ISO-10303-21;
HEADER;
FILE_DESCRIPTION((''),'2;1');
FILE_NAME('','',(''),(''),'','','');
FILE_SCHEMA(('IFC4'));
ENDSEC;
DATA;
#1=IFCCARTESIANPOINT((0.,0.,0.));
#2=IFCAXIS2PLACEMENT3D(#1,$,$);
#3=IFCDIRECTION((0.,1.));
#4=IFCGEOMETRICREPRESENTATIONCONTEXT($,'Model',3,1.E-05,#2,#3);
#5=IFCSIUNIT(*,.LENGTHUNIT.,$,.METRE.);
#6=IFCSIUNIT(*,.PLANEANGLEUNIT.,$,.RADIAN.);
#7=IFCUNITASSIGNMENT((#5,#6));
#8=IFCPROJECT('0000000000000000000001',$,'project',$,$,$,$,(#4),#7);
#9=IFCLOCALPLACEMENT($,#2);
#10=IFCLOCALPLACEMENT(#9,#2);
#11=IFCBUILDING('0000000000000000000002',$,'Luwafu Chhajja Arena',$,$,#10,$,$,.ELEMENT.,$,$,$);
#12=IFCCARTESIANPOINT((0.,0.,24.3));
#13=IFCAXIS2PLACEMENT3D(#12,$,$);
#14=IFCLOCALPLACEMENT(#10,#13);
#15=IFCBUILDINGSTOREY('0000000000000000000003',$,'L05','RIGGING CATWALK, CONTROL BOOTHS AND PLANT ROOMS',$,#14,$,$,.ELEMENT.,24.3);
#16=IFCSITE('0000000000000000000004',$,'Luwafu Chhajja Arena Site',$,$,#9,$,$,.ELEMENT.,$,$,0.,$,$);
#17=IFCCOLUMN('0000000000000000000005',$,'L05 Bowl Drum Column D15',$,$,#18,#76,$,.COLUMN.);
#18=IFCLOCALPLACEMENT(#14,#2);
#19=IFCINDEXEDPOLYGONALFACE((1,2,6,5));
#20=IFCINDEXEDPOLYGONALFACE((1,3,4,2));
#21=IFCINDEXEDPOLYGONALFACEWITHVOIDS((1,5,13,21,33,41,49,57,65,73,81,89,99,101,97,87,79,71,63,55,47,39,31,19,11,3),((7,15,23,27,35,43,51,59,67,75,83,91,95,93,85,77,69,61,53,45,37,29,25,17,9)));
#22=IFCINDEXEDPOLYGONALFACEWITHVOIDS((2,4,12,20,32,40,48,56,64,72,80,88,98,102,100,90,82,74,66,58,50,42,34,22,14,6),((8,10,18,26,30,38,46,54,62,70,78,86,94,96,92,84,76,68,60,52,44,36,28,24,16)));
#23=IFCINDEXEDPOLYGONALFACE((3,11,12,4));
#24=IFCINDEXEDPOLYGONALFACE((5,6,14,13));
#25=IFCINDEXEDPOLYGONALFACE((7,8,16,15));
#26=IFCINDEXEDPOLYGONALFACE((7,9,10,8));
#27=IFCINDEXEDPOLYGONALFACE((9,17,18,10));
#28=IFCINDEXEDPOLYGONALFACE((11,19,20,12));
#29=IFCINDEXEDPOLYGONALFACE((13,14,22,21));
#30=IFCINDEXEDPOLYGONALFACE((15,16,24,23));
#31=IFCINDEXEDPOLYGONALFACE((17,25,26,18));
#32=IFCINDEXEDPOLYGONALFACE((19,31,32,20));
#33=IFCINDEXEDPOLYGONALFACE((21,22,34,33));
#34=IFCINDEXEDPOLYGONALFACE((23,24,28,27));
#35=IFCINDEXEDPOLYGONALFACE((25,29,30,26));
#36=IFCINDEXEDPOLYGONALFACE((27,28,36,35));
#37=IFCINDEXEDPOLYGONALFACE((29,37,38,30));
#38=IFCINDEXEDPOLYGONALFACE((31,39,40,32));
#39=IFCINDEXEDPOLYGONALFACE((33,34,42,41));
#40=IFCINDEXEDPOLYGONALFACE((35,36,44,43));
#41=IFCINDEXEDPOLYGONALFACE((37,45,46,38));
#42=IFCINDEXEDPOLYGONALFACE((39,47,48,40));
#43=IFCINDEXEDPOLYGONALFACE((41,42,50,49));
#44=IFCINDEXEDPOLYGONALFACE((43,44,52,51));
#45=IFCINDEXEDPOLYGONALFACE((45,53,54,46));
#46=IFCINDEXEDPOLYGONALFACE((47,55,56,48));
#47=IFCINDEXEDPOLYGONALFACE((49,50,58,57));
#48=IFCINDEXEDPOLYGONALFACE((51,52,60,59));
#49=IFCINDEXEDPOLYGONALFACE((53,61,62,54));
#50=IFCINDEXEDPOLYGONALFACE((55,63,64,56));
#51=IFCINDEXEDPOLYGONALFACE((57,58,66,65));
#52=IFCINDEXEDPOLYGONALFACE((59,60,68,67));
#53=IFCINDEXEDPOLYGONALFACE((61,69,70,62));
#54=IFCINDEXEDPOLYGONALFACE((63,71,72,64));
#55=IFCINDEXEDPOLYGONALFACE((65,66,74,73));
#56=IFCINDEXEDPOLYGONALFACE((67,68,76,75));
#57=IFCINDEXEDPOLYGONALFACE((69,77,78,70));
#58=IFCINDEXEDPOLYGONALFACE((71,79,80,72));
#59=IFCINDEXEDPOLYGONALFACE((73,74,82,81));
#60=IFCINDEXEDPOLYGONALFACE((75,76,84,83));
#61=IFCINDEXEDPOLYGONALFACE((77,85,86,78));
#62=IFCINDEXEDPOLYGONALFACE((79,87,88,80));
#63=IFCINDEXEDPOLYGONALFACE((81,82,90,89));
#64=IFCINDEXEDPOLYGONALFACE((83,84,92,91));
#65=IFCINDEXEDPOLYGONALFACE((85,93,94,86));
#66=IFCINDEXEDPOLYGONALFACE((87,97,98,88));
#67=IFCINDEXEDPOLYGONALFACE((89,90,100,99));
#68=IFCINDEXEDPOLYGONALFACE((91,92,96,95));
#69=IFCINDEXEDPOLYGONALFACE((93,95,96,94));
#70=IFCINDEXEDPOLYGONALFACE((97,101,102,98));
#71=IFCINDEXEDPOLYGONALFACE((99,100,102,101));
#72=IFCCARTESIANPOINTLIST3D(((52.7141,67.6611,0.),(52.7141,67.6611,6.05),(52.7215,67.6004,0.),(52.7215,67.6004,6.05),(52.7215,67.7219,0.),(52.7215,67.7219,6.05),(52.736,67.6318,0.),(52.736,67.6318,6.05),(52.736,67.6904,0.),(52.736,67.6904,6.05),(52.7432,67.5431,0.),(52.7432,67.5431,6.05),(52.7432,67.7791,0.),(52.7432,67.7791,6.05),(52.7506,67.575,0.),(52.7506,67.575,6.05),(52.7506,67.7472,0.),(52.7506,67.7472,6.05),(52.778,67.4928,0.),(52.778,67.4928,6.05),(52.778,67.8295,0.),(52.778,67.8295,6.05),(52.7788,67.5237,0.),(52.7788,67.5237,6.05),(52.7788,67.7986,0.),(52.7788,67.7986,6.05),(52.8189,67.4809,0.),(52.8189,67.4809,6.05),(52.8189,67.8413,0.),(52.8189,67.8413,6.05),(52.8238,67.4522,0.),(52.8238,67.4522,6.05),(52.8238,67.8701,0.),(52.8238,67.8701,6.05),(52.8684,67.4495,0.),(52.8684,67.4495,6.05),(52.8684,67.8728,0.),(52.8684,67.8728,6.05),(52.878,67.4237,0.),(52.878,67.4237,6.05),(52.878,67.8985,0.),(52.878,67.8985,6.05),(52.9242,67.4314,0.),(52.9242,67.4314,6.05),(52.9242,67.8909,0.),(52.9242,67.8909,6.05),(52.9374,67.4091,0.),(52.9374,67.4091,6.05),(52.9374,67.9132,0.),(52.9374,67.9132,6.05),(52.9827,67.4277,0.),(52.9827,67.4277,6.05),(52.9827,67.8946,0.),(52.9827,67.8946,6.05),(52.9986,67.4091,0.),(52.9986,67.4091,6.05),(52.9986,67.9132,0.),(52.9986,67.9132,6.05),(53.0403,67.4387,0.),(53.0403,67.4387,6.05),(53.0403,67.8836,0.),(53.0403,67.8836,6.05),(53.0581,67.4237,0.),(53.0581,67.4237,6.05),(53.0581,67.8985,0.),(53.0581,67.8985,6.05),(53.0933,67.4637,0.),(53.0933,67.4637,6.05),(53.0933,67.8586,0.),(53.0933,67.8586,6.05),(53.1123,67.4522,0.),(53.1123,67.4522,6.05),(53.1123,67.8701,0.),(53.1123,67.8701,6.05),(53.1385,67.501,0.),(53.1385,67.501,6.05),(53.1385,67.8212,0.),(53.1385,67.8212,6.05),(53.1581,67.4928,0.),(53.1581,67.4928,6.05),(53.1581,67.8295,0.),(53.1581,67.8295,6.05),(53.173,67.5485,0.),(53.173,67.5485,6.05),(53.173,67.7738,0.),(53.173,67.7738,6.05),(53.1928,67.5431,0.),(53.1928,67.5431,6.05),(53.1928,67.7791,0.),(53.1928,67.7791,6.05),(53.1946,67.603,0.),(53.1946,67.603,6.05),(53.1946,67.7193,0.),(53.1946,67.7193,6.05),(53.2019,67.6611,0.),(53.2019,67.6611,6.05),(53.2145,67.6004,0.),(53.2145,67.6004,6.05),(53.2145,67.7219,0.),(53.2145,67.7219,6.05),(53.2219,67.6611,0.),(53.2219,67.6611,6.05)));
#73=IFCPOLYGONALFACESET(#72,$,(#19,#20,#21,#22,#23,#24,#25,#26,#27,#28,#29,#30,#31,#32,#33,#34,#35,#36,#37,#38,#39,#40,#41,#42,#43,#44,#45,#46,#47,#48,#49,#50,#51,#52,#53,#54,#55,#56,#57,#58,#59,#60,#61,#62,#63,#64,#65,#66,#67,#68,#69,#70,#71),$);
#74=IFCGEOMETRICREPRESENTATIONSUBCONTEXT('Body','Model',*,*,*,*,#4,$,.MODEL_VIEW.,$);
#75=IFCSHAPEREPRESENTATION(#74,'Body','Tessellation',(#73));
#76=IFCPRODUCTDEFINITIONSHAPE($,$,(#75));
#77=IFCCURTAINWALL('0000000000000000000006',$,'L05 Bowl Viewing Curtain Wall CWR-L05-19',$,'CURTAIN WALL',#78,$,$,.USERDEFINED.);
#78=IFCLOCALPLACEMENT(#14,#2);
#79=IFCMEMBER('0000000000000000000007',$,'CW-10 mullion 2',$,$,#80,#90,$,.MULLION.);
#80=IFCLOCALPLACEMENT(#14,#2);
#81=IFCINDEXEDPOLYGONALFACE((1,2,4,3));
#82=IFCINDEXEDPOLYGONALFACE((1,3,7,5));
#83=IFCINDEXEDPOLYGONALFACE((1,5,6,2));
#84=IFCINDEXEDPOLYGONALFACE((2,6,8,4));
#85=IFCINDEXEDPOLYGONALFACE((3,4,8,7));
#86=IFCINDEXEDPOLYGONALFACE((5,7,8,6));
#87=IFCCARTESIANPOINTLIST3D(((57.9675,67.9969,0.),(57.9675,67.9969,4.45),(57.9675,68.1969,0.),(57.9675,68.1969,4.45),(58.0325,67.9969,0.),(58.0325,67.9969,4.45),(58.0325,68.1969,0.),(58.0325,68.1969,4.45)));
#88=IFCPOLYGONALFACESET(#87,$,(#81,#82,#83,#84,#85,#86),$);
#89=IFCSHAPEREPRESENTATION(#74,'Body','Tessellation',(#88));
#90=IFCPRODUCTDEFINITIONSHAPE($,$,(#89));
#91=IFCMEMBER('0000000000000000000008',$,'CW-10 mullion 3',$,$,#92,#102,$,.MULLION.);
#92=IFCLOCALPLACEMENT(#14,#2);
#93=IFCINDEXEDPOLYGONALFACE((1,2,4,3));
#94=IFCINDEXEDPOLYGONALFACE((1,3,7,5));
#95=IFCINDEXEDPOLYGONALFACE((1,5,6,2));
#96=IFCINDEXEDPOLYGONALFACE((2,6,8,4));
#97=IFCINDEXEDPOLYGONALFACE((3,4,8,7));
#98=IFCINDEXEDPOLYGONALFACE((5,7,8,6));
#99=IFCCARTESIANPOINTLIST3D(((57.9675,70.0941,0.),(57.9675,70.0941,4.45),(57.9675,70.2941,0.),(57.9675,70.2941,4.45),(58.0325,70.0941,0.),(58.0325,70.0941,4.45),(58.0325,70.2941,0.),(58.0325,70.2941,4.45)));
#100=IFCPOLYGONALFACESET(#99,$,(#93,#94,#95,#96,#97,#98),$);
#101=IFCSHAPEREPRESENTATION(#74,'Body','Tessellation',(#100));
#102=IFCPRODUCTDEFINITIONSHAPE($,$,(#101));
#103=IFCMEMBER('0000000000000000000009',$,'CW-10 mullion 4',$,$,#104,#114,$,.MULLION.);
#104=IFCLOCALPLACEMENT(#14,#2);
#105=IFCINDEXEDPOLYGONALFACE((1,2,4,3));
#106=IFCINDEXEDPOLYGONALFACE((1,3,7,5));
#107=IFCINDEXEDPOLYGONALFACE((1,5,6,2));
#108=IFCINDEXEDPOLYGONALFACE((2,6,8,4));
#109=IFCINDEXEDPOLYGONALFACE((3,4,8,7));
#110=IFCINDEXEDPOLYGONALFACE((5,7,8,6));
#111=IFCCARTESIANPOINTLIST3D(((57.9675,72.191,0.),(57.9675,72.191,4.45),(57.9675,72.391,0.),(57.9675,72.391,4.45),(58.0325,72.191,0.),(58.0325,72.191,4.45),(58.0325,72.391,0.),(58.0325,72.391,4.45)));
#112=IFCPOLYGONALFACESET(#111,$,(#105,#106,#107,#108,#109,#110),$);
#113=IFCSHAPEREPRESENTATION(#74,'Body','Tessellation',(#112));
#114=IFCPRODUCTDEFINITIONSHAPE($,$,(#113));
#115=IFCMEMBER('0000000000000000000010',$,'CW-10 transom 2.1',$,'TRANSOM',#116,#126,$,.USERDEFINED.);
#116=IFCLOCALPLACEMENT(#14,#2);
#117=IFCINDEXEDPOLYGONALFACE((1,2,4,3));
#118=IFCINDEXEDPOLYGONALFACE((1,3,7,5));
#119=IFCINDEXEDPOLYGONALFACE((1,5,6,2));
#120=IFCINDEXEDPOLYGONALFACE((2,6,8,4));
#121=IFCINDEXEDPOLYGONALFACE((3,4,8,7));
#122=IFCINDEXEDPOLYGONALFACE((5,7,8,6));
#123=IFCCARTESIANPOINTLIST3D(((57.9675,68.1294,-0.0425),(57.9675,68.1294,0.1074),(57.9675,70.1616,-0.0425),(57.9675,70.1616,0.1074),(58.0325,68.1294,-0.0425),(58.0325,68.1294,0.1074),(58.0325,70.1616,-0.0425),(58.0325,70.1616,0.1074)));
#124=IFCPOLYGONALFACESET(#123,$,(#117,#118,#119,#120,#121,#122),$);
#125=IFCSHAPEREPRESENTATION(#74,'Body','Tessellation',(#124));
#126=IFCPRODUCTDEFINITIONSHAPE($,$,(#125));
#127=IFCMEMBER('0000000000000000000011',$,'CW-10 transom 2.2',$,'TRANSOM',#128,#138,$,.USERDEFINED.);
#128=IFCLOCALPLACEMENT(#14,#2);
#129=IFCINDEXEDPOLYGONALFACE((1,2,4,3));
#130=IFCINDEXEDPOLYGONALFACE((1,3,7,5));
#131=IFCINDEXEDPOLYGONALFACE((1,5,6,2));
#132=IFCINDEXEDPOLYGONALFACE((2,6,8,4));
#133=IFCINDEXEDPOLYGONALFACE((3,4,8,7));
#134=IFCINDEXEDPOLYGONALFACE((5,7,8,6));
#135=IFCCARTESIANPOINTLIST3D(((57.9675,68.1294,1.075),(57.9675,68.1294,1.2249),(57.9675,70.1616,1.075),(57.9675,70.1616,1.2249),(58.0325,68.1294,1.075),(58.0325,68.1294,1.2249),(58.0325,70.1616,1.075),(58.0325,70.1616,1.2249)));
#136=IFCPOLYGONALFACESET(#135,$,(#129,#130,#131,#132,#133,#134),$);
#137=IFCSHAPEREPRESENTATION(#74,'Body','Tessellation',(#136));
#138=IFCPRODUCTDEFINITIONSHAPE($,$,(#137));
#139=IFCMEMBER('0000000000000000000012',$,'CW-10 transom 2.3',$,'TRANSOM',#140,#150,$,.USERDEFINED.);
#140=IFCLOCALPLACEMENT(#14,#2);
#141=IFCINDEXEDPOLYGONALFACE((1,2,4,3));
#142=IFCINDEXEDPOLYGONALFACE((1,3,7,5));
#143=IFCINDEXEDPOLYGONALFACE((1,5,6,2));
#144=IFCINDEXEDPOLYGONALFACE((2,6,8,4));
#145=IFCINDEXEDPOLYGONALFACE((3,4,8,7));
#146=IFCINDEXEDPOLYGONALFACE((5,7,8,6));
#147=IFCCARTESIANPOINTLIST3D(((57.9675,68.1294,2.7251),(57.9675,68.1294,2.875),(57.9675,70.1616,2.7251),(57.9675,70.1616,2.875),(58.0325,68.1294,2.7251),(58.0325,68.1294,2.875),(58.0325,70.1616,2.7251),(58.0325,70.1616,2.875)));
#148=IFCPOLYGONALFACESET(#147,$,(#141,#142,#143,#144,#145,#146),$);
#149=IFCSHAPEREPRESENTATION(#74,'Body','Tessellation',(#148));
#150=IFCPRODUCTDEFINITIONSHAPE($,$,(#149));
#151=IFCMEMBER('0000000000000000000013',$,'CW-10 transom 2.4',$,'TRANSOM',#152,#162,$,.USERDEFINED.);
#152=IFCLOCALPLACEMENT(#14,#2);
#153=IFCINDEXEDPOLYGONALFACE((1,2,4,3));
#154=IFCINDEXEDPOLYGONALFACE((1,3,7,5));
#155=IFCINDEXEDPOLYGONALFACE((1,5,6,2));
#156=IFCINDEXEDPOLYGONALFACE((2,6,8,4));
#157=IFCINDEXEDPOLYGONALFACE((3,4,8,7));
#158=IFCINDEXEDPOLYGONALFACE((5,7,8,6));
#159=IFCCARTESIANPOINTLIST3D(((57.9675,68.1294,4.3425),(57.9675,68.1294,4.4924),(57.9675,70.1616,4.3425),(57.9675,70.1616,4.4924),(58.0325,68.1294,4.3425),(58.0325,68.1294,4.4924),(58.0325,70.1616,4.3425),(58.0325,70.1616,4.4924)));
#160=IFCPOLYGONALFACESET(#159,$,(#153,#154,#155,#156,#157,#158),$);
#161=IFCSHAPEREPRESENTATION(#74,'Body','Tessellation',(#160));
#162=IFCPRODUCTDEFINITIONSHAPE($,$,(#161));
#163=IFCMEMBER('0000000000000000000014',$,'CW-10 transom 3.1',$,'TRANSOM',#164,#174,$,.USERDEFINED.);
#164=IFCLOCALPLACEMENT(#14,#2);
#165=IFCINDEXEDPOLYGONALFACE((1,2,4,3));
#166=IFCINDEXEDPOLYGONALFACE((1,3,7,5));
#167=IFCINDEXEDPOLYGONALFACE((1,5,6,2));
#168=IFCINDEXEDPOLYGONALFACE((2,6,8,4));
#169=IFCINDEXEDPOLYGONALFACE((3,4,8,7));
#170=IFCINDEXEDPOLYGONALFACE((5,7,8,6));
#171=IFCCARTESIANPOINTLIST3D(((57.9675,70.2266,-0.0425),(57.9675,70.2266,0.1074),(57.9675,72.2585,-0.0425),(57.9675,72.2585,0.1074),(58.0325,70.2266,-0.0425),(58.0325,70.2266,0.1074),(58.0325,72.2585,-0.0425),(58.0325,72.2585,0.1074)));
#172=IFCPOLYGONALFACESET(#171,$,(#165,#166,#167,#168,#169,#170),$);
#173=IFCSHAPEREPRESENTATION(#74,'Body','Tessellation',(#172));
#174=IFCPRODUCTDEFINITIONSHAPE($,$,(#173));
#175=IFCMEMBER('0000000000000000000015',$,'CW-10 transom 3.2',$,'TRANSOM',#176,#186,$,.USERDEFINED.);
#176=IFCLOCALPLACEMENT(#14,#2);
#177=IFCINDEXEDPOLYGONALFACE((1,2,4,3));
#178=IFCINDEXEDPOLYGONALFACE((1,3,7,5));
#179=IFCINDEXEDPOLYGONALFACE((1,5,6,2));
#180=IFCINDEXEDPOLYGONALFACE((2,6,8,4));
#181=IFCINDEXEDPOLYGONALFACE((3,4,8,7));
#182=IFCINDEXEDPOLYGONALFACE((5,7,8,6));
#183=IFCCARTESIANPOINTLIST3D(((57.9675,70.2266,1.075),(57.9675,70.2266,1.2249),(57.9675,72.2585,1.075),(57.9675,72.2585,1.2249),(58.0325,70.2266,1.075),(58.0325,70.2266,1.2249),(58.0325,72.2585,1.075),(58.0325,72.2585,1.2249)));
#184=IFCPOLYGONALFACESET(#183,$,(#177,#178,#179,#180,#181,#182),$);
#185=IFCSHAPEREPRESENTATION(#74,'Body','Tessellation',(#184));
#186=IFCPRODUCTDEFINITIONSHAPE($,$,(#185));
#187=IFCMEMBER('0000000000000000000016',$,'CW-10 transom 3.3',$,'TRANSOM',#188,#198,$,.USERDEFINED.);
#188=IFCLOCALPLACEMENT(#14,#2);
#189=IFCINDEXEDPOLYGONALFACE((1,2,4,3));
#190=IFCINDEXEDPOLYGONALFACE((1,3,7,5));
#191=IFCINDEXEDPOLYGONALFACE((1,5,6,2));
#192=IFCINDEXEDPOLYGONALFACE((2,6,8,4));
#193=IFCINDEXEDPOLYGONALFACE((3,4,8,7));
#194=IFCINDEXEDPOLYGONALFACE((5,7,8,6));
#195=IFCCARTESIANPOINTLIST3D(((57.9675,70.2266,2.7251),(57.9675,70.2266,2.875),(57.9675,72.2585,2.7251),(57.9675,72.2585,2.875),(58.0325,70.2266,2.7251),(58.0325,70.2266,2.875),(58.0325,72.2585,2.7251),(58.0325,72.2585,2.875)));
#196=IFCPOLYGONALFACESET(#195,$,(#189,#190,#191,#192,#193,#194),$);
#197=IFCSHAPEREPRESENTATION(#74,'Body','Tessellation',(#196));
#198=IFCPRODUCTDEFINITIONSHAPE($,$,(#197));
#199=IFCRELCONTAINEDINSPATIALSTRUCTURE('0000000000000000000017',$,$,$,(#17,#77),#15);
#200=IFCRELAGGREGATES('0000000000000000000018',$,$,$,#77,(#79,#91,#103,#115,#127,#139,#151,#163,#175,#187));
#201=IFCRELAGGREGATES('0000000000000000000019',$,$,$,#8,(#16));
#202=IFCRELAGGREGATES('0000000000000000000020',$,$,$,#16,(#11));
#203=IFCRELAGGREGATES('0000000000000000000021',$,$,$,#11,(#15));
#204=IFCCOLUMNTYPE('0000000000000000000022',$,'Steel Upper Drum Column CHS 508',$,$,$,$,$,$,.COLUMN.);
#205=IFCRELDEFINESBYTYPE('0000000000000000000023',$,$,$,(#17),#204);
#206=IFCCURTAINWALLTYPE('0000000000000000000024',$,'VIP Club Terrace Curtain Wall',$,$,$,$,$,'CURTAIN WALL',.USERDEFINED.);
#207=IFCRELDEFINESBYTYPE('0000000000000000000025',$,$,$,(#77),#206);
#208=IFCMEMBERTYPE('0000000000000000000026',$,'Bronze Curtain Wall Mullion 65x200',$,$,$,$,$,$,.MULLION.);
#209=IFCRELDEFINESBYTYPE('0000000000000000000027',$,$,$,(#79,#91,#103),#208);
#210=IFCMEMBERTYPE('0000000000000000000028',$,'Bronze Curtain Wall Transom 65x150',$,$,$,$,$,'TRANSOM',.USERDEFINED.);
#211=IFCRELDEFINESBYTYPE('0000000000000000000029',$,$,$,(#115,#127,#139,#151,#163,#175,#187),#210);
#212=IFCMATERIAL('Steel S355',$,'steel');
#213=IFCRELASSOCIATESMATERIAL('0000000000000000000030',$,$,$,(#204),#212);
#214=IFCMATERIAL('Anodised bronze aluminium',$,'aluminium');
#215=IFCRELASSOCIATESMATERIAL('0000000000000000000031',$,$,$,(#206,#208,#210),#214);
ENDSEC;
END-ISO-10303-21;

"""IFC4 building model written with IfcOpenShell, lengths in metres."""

from ifc_helpers import new_model, si_unit, direction, frame, origin, origin_2d, place, context, subcontext, project, spatial, rectangle, hollow_circle, extrude, material, material_profile, profile_set, type_object, element, aggregate, save


model = new_model("IFC4")

# Units and contexts
model_context = context("Model", 3, precision=1e-05, world=origin(), true_north=direction((0.0, 1.0)))
body_context = subcontext(model_context, "Body", "Model", "MODEL_VIEW")
ifc_project = project(units=[si_unit("LENGTHUNIT", "METRE"), si_unit("PLANEANGLEUNIT", "RADIAN")], contexts=[model_context])

# Site, building, storey
site_placement = place(None, origin())
site = spatial("IfcSite", under=ifc_project, at=site_placement, Name="Luwafu Chhajja Arena Site", CompositionType="ELEMENT", RefElevation=0.0)
building_placement = place(site_placement, origin())
building = spatial("IfcBuilding", under=site, at=building_placement, Name="Luwafu Chhajja Arena", CompositionType="ELEMENT")
storey_placement = place(building_placement, frame((0.0, 0.0, 24.3)))
storey = spatial("IfcBuildingStorey", under=building, at=storey_placement, Name="L05", Description="RIGGING CATWALK, CONTROL BOOTHS AND PLANT ROOMS", CompositionType="ELEMENT", Elevation=24.3)

# Column
ifc_material_1 = material(Name="Steel S355", Category="steel")
ifc_material_profile_1 = material_profile(ifc_material_1, hollow_circle(Radius=0.2539, WallThickness=0.02, at=origin_2d()), Name="CHS 508x20")
ifc_profile_set_1 = profile_set([ifc_material_profile_1], Name="Steel S355")
column_type = type_object("IfcColumnType", Name="Steel Upper Drum Column CHS 508", PredefinedType="COLUMN", material=ifc_profile_set_1)
column_placement = place(storey_placement, frame((52.968, 67.6611, 0.0), z_axis=(0.0, 0.0, 1.0), x_axis=(1.0, 0.0, 0.0)))
element("IfcColumn", 1, at=column_placement, inside=storey, type_object=column_type, Name="L05 Bowl Drum Column D15", PredefinedType="COLUMN", context=body_context, shape_type="SweptSolid", body=[
    extrude(hollow_circle(Radius=0.2539, WallThickness=0.02, at=origin_2d()), origin(), (0.0, 0.0, 1.0), 6.05),
])

# Curtain wall, members
ifc_material_2 = material(Name="Anodised bronze aluminium", Category="aluminium")
curtain_wall_type = type_object("IfcCurtainWallType", Name="VIP Club Terrace Curtain Wall", ElementType="CURTAIN WALL", PredefinedType="USERDEFINED", material=ifc_material_2)
curtain_wall_placement = place(storey_placement, origin())
curtain_wall = element("IfcCurtainWall", 2, at=curtain_wall_placement, inside=storey, type_object=curtain_wall_type, Name="L05 Bowl Viewing Curtain Wall CWR-L05-19", ObjectType="CURTAIN WALL", PredefinedType="USERDEFINED")
ifc_material_profile_2 = material_profile(ifc_material_2, rectangle(XDim=0.0649, YDim=0.2, at=origin_2d()), Name="CWM 65x200")
ifc_profile_set_2 = profile_set([ifc_material_profile_2], Name="Anodised bronze aluminium")
member_type_1 = type_object("IfcMemberType", Name="Bronze Curtain Wall Mullion 65x200", PredefinedType="MULLION", material=ifc_profile_set_2)
member_1_placement = place(storey_placement, frame((58.0, 68.0969, 0.0), z_axis=(0.0, 0.0, 1.0), x_axis=(-1.0, 0.0, 0.0)))
member_1 = element("IfcMember", 3, at=member_1_placement, type_object=member_type_1, Name="CW-10 mullion 2", PredefinedType="MULLION", context=body_context, shape_type="SweptSolid", body=[
    extrude(rectangle(XDim=0.0649, YDim=0.2, at=origin_2d()), origin(), (0.0, 0.0, 1.0), 4.45),
])
member_2_placement = place(storey_placement, frame((58.0, 70.1941, 0.0), z_axis=(0.0, 0.0, 1.0), x_axis=(-1.0, 0.0, 0.0)))
member_2 = element("IfcMember", 4, at=member_2_placement, type_object=member_type_1, Name="CW-10 mullion 3", PredefinedType="MULLION", context=body_context, shape_type="SweptSolid", body=[
    extrude(rectangle(XDim=0.0649, YDim=0.2, at=origin_2d()), origin(), (0.0, 0.0, 1.0), 4.45),
])
member_3_placement = place(storey_placement, frame((58.0, 72.291, 0.0), z_axis=(0.0, 0.0, 1.0), x_axis=(-1.0, 0.0, 0.0)))
member_3 = element("IfcMember", 5, at=member_3_placement, type_object=member_type_1, Name="CW-10 mullion 4", PredefinedType="MULLION", context=body_context, shape_type="SweptSolid", body=[
    extrude(rectangle(XDim=0.0649, YDim=0.2, at=origin_2d()), origin(), (0.0, 0.0, 1.0), 4.45),
])
ifc_material_profile_3 = material_profile(ifc_material_2, rectangle(XDim=0.0649, YDim=0.1499, at=origin_2d()), Name="CWT 65x150")
ifc_profile_set_3 = profile_set([ifc_material_profile_3], Name="Anodised bronze aluminium")
member_type_2 = type_object("IfcMemberType", Name="Bronze Curtain Wall Transom 65x150", ElementType="TRANSOM", PredefinedType="USERDEFINED", material=ifc_profile_set_3)
member_4_placement = place(storey_placement, frame((58.0, 68.1294, 0.0325), z_axis=(0.0, 1.0, 0.0), x_axis=(-1.0, 0.0, 0.0)))
member_4 = element("IfcMember", 6, at=member_4_placement, type_object=member_type_2, Name="CW-10 transom 2.1", ObjectType="TRANSOM", PredefinedType="USERDEFINED", context=body_context, shape_type="SweptSolid", body=[
    extrude(rectangle(XDim=0.0649, YDim=0.1499, at=origin_2d()), origin(), (0.0, 0.0, 1.0), 2.0322),
])
member_5_placement = place(storey_placement, frame((58.0, 68.1294, 1.1499), z_axis=(0.0, 1.0, 0.0), x_axis=(-1.0, 0.0, 0.0)))
member_5 = element("IfcMember", 7, at=member_5_placement, type_object=member_type_2, Name="CW-10 transom 2.2", ObjectType="TRANSOM", PredefinedType="USERDEFINED", context=body_context, shape_type="SweptSolid", body=[
    extrude(rectangle(XDim=0.0649, YDim=0.1499, at=origin_2d()), origin(), (0.0, 0.0, 1.0), 2.0322),
])
member_6_placement = place(storey_placement, frame((58.0, 68.1294, 2.8), z_axis=(0.0, 1.0, 0.0), x_axis=(-1.0, 0.0, 0.0)))
member_6 = element("IfcMember", 8, at=member_6_placement, type_object=member_type_2, Name="CW-10 transom 2.3", ObjectType="TRANSOM", PredefinedType="USERDEFINED", context=body_context, shape_type="SweptSolid", body=[
    extrude(rectangle(XDim=0.0649, YDim=0.1499, at=origin_2d()), origin(), (0.0, 0.0, 1.0), 2.0322),
])
member_7_placement = place(storey_placement, frame((58.0, 68.1294, 4.4175), z_axis=(0.0, 1.0, 0.0), x_axis=(-1.0, 0.0, 0.0)))
member_7 = element("IfcMember", 9, at=member_7_placement, type_object=member_type_2, Name="CW-10 transom 2.4", ObjectType="TRANSOM", PredefinedType="USERDEFINED", context=body_context, shape_type="SweptSolid", body=[
    extrude(rectangle(XDim=0.0649, YDim=0.1499, at=origin_2d()), origin(), (0.0, 0.0, 1.0), 2.0322),
])
member_8_placement = place(storey_placement, frame((58.0, 70.2266, 0.0325), z_axis=(0.0, 1.0, 0.0), x_axis=(-1.0, 0.0, 0.0)))
member_8 = element("IfcMember", 10, at=member_8_placement, type_object=member_type_2, Name="CW-10 transom 3.1", ObjectType="TRANSOM", PredefinedType="USERDEFINED", context=body_context, shape_type="SweptSolid", body=[
    extrude(rectangle(XDim=0.0649, YDim=0.1499, at=origin_2d()), origin(), (0.0, 0.0, 1.0), 2.032),
])
member_9_placement = place(storey_placement, frame((58.0, 70.2266, 1.1499), z_axis=(0.0, 1.0, 0.0), x_axis=(-1.0, 0.0, 0.0)))
member_9 = element("IfcMember", 11, at=member_9_placement, type_object=member_type_2, Name="CW-10 transom 3.2", ObjectType="TRANSOM", PredefinedType="USERDEFINED", context=body_context, shape_type="SweptSolid", body=[
    extrude(rectangle(XDim=0.0649, YDim=0.1499, at=origin_2d()), origin(), (0.0, 0.0, 1.0), 2.032),
])
member_10_placement = place(storey_placement, frame((58.0, 70.2266, 2.8), z_axis=(0.0, 1.0, 0.0), x_axis=(-1.0, 0.0, 0.0)))
member_10 = element("IfcMember", 12, at=member_10_placement, type_object=member_type_2, Name="CW-10 transom 3.3", ObjectType="TRANSOM", PredefinedType="USERDEFINED", context=body_context, shape_type="SweptSolid", body=[
    extrude(rectangle(XDim=0.0649, YDim=0.1499, at=origin_2d()), origin(), (0.0, 0.0, 1.0), 2.032),
])

aggregate(curtain_wall, [member_1, member_2, member_3, member_4, member_5, member_6, member_7, member_8, member_9, member_10])

save(model, "model.ifc")
